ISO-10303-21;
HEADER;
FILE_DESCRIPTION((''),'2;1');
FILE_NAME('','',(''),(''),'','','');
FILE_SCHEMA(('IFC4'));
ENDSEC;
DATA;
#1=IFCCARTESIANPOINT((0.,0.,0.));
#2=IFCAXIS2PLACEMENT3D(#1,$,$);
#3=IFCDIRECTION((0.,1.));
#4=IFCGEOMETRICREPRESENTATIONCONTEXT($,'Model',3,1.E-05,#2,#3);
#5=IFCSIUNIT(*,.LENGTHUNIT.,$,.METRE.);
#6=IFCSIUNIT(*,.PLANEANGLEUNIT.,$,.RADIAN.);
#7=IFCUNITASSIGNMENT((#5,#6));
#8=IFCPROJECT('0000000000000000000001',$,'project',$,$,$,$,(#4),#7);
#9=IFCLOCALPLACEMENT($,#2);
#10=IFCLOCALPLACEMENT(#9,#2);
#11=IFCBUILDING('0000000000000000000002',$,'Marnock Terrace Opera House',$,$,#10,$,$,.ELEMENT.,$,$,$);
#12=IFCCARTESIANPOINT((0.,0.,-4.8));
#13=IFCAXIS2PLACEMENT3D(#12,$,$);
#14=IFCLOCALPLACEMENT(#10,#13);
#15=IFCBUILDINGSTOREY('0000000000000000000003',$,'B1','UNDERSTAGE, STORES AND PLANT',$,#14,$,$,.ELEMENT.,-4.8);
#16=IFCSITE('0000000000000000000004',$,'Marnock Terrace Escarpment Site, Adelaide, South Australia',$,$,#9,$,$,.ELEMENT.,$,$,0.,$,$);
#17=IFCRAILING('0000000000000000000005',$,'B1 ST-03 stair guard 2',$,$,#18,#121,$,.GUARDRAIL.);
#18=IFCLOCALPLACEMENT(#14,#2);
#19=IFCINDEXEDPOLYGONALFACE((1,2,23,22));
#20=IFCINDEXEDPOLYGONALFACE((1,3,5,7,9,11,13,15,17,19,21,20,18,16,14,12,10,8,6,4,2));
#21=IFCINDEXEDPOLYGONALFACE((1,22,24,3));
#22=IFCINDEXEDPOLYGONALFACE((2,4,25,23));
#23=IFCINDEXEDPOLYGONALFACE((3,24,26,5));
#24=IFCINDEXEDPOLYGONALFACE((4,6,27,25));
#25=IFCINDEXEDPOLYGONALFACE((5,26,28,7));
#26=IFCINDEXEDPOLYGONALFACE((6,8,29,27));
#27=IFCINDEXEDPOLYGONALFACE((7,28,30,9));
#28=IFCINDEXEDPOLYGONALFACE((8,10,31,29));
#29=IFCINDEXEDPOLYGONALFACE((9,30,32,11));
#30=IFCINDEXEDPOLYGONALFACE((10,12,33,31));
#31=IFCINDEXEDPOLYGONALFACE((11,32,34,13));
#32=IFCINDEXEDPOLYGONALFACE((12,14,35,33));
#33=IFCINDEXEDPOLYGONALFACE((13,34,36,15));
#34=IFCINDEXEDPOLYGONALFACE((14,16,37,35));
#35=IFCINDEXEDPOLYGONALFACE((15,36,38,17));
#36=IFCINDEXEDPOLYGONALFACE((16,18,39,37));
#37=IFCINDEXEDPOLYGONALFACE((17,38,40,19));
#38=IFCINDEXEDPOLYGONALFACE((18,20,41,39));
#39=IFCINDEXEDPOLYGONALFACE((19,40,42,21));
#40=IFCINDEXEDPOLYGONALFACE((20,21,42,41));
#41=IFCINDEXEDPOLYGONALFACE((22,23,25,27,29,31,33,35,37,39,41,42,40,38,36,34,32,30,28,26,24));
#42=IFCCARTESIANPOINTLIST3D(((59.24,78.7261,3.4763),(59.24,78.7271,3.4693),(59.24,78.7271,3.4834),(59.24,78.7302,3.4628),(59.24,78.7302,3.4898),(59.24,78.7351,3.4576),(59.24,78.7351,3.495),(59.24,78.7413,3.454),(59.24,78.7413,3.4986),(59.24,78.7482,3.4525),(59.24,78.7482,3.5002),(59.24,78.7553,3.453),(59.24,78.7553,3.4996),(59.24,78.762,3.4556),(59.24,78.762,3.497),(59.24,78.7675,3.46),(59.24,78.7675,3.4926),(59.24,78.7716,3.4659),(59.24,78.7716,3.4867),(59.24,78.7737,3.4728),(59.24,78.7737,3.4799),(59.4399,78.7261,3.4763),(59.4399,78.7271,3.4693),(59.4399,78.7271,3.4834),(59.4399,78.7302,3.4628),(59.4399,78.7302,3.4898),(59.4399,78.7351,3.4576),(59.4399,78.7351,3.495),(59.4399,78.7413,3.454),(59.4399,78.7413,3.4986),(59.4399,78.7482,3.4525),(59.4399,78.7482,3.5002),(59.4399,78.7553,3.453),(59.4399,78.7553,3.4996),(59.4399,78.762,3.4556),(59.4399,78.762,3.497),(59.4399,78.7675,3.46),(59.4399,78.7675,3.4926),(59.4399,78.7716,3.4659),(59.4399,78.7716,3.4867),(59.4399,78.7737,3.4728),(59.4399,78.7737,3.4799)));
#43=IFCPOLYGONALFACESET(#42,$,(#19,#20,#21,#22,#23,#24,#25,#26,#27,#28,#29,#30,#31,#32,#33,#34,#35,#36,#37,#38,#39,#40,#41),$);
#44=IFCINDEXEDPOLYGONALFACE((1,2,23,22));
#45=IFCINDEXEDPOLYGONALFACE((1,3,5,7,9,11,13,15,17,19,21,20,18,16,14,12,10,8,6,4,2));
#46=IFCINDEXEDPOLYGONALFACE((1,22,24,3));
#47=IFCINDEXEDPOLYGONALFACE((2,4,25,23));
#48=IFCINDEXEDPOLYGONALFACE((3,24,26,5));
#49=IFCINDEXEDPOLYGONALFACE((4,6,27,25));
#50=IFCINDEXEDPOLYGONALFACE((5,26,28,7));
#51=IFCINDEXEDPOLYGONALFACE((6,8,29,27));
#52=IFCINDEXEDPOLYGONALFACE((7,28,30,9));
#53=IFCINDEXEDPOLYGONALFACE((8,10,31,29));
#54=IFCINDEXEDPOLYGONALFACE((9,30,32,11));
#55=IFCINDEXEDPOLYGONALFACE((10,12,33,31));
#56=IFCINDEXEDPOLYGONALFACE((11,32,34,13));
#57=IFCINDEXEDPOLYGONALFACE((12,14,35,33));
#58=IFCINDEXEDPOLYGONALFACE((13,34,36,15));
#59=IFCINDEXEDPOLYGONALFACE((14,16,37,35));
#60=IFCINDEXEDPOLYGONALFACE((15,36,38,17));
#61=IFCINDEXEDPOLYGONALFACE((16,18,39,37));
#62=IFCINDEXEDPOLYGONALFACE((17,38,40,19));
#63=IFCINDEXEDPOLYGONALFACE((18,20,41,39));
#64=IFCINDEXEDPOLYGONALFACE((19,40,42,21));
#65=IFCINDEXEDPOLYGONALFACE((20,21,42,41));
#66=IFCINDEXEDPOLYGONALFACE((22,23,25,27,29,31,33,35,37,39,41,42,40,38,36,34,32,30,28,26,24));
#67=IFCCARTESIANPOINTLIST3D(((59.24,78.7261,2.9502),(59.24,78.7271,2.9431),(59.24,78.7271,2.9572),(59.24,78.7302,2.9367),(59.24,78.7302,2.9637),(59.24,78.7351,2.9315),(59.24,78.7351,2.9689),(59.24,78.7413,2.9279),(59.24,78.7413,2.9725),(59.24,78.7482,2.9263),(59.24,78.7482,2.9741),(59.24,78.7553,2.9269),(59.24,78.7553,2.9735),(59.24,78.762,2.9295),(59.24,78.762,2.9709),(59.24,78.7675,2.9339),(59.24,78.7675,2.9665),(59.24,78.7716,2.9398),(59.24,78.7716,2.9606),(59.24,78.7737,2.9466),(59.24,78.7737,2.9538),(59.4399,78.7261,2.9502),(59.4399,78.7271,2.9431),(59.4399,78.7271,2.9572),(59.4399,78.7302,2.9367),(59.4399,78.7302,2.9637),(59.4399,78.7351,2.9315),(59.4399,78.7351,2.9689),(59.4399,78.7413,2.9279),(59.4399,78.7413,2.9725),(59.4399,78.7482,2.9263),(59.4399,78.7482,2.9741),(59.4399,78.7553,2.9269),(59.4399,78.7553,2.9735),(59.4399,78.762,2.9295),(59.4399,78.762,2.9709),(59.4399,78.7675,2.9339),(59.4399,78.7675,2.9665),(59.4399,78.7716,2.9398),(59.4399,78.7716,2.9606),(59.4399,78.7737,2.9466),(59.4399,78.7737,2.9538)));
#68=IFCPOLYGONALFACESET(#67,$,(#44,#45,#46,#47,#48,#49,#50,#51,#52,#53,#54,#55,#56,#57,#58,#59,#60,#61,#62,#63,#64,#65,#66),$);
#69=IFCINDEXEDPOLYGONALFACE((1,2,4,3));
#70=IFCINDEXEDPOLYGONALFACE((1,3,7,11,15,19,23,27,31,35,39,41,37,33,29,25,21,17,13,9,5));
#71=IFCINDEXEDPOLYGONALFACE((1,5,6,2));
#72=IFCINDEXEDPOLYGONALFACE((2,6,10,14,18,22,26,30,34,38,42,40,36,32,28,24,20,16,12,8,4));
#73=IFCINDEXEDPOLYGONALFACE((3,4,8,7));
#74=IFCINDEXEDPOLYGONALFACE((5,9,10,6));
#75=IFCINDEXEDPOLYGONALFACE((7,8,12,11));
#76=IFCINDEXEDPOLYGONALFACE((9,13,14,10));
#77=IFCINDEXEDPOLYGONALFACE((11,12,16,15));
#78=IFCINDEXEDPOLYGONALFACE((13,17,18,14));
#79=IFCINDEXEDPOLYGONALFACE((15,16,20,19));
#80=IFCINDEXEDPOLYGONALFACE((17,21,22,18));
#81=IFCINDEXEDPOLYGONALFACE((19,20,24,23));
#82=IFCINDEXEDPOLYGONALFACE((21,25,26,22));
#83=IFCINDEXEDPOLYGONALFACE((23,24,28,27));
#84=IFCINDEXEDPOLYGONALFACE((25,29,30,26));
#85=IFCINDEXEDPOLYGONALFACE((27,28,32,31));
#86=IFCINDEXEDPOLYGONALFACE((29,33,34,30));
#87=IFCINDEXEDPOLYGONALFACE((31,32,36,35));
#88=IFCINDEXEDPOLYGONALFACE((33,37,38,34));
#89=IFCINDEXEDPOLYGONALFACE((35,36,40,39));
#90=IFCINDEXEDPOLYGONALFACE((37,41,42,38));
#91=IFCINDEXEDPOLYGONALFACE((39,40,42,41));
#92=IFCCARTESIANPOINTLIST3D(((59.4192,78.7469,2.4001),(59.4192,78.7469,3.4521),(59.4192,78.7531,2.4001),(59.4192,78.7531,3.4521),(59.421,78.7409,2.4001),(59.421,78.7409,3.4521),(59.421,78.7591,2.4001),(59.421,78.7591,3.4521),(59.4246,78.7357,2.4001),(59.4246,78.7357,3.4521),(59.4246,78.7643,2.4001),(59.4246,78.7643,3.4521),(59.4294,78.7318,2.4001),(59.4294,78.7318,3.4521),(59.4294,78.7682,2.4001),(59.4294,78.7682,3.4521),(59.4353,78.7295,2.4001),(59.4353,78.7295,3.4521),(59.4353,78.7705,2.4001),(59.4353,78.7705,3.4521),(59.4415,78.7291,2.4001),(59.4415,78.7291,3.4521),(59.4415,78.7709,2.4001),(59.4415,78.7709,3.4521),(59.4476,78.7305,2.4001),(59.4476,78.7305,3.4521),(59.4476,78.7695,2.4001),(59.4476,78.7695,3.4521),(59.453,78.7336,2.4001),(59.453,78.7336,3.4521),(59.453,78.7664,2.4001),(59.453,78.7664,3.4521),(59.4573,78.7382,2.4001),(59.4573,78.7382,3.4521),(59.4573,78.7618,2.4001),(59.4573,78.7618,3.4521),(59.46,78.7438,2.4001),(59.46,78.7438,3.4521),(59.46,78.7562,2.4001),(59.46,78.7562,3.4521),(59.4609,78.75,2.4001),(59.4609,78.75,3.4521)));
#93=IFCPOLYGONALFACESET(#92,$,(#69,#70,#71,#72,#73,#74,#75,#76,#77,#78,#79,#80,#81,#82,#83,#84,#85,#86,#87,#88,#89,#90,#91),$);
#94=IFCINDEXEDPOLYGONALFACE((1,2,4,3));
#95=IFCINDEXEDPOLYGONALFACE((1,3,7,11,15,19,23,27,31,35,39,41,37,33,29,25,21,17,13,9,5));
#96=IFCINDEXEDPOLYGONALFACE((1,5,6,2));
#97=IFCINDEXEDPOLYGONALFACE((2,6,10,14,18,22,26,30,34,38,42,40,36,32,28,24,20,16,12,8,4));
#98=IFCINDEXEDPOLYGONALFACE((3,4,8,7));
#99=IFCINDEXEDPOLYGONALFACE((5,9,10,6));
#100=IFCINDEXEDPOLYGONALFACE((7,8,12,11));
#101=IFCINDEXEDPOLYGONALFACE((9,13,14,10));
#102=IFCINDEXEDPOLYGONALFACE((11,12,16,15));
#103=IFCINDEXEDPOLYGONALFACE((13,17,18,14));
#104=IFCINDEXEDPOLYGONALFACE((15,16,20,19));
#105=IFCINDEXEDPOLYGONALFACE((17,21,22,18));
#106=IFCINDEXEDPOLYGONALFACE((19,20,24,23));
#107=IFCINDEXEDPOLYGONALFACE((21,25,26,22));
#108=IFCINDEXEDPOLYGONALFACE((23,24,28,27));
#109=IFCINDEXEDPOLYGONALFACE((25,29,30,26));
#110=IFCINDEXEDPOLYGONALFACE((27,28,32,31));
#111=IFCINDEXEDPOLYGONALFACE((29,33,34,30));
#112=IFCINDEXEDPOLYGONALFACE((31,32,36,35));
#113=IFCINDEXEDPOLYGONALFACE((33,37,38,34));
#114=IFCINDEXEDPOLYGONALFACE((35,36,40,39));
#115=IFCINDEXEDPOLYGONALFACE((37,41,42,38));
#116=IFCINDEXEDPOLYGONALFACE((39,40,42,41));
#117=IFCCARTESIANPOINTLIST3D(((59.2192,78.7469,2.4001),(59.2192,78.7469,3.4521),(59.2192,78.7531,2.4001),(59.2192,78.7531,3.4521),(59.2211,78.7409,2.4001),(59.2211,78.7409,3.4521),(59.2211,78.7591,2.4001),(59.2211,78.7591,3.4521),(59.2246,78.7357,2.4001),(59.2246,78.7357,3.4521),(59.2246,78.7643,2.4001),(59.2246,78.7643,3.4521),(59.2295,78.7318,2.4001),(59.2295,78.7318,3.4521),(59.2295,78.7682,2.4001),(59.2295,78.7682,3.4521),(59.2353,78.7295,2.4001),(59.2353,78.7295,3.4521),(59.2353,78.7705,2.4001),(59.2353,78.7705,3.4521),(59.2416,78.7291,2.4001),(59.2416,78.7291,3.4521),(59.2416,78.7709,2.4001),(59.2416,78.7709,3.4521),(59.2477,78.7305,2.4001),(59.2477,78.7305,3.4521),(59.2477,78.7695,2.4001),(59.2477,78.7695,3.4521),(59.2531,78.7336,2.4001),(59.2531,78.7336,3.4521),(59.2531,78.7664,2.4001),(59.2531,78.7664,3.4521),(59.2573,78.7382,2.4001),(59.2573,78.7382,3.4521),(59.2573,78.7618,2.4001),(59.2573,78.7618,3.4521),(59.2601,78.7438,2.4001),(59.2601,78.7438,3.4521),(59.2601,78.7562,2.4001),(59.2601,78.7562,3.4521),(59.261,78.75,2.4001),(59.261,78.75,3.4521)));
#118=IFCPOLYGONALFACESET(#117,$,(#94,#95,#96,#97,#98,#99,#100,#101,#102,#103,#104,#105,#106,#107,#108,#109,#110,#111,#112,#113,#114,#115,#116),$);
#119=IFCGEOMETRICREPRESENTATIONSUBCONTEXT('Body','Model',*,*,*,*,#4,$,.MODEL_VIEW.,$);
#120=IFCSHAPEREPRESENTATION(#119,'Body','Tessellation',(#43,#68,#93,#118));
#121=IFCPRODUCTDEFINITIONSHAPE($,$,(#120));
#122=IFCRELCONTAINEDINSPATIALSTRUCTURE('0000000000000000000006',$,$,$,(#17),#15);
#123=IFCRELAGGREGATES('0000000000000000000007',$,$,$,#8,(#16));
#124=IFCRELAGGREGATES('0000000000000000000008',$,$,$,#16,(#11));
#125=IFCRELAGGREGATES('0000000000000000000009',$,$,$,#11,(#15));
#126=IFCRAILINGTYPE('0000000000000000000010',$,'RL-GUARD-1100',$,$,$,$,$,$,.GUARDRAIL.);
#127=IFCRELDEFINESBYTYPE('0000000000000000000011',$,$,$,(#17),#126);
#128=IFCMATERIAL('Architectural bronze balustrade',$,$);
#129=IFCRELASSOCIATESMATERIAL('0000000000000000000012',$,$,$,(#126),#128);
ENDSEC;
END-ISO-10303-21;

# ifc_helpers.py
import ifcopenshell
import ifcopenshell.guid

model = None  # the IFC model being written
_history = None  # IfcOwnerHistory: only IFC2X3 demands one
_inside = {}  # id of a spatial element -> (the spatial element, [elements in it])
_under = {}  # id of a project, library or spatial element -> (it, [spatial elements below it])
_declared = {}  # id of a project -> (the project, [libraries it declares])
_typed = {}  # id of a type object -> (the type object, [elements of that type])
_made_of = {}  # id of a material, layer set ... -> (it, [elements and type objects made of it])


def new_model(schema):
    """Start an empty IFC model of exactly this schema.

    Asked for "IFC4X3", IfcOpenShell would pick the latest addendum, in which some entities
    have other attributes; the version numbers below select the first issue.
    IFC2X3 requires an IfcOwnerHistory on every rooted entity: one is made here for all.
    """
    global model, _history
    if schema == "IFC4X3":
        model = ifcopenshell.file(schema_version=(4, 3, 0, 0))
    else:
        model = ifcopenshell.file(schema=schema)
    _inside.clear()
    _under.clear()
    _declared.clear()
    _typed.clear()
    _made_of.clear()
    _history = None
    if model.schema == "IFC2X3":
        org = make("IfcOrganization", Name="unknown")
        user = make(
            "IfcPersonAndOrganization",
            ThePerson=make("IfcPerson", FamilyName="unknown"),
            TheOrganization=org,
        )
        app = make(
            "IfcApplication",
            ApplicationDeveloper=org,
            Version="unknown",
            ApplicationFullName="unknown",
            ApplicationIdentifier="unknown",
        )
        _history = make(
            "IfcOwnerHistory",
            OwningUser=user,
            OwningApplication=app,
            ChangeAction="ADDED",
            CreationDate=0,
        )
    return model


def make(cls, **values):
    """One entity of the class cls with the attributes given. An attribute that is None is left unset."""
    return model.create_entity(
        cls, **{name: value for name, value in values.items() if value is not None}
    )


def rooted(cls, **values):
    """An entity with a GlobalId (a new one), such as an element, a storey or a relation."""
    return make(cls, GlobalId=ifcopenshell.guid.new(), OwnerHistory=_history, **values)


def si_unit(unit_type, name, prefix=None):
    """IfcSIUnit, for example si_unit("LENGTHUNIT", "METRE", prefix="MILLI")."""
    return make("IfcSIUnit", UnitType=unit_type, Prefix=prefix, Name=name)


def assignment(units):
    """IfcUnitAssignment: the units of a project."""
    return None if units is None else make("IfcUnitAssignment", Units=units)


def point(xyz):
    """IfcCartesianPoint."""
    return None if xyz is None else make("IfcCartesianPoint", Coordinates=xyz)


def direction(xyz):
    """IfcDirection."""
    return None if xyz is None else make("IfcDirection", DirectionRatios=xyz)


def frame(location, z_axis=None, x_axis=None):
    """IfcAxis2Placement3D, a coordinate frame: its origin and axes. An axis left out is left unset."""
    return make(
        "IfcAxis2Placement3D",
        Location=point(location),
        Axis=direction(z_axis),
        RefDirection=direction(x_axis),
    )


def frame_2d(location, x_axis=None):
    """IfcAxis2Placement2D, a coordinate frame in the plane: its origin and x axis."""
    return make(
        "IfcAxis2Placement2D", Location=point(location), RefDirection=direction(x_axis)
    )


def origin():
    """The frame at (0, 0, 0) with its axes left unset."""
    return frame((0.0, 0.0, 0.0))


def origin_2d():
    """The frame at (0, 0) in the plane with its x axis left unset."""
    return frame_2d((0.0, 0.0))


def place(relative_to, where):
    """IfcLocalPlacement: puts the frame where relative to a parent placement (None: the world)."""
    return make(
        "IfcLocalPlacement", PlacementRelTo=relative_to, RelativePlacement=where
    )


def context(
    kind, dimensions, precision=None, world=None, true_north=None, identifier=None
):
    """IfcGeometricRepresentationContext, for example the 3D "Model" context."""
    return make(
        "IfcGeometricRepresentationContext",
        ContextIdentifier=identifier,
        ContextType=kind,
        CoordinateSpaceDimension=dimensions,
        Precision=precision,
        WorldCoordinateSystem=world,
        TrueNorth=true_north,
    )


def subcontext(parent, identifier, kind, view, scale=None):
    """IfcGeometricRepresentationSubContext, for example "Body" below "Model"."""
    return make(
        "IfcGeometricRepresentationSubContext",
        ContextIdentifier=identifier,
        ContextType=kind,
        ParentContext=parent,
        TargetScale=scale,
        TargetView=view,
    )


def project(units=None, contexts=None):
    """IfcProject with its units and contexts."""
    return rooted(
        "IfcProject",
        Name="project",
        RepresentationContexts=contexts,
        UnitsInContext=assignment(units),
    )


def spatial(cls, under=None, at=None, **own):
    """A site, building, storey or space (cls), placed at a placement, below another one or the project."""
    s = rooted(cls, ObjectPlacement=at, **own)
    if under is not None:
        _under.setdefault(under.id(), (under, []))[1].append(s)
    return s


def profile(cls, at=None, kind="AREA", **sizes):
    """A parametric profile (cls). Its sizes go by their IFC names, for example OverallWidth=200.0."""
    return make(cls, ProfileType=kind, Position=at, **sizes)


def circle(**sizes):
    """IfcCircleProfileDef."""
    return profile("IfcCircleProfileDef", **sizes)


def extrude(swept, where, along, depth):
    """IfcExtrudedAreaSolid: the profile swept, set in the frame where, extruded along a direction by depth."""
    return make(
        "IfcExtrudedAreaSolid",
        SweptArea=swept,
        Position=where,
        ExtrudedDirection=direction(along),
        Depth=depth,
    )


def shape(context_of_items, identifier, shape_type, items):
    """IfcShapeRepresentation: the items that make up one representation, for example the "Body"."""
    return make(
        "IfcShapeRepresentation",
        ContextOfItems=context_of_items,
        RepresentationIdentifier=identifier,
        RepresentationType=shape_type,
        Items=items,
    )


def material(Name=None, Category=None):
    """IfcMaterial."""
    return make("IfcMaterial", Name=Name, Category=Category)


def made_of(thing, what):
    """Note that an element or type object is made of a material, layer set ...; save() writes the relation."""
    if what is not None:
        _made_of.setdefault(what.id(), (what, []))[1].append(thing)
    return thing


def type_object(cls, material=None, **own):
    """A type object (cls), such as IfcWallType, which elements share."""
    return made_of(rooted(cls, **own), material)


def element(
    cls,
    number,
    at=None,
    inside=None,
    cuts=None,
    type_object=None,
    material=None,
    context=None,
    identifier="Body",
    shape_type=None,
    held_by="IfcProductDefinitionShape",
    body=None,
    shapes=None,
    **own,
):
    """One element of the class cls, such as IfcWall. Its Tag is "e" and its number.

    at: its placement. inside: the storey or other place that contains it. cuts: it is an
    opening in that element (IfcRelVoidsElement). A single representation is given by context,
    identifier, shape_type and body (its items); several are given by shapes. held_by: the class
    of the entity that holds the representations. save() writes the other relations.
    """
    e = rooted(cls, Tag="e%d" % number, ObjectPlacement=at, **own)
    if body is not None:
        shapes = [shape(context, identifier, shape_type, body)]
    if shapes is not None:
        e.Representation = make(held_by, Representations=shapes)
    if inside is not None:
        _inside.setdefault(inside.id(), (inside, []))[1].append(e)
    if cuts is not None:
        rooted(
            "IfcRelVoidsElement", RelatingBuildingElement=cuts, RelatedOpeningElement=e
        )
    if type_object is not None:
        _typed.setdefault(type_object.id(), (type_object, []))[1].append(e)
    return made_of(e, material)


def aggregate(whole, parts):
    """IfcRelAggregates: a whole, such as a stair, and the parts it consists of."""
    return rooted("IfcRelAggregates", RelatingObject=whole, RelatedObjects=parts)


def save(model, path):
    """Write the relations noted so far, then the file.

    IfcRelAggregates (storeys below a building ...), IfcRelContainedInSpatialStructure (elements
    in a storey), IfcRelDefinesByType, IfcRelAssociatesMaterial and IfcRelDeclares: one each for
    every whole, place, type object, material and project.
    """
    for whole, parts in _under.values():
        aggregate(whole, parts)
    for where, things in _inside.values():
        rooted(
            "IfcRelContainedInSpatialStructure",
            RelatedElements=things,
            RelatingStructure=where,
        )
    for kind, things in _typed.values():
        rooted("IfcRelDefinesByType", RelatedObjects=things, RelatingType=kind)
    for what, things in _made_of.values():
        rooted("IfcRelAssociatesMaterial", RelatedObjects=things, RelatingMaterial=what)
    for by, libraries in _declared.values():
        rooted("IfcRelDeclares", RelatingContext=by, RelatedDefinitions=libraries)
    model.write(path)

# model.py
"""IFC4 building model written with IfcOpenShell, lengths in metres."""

from ifc_helpers import new_model, si_unit, direction, frame, origin, origin_2d, place, context, subcontext, project, spatial, circle, extrude, material, type_object, element, save


model = new_model("IFC4")

# Units and contexts
model_context = context("Model", 3, precision=1e-05, world=origin(), true_north=direction((0.0, 1.0)))
body_context = subcontext(model_context, "Body", "Model", "MODEL_VIEW")
ifc_project = project(units=[si_unit("LENGTHUNIT", "METRE"), si_unit("PLANEANGLEUNIT", "RADIAN")], contexts=[model_context])

# Site, building, storey
site_placement = place(None, origin())
site = spatial("IfcSite", under=ifc_project, at=site_placement, Name="Marnock Terrace Escarpment Site, Adelaide, South Australia", CompositionType="ELEMENT", RefElevation=0.0)
building_placement = place(site_placement, origin())
building = spatial("IfcBuilding", under=site, at=building_placement, Name="Marnock Terrace Opera House", CompositionType="ELEMENT")
storey_placement = place(building_placement, frame((0.0, 0.0, -4.8)))
storey = spatial("IfcBuildingStorey", under=building, at=storey_placement, Name="B1", Description="UNDERSTAGE, STORES AND PLANT", CompositionType="ELEMENT", Elevation=-4.8)

# Railing
ifc_material_1 = material(Name="Architectural bronze balustrade")
railing_type = type_object("IfcRailingType", Name="RL-GUARD-1100", PredefinedType="GUARDRAIL", material=ifc_material_1)
railing_1_placement = place(storey_placement, frame((59.4399, 78.75, 2.4001)))
element("IfcRailing", 1, at=railing_1_placement, inside=storey, type_object=railing_type, Name="B1 ST-03 stair guard 2", PredefinedType="GUARDRAIL", context=body_context, shape_type="SweptSolid", body=[
    extrude(circle(Radius=0.0239, at=origin_2d()), frame((0.0, 0.0, 1.0762), z_axis=(-1.0, 0.0, 0.0), x_axis=(0.0, -1.0, 0.0)), (0.0, 0.0, 1.0), 0.2),
    extrude(circle(Radius=0.0239, at=origin_2d()), frame((0.0, 0.0, 0.55), z_axis=(-1.0, 0.0, 0.0), x_axis=(0.0, -1.0, 0.0)), (0.0, 0.0, 1.0), 0.2),
    extrude(circle(Radius=0.021, at=origin_2d()), origin(), (0.0, 0.0, 1.0), 1.052),
    extrude(circle(Radius=0.021, at=origin_2d()), frame((-0.2, 0.0, 0.0)), (0.0, 0.0, 1.0), 1.052),
])

save(model, "model.ifc")
